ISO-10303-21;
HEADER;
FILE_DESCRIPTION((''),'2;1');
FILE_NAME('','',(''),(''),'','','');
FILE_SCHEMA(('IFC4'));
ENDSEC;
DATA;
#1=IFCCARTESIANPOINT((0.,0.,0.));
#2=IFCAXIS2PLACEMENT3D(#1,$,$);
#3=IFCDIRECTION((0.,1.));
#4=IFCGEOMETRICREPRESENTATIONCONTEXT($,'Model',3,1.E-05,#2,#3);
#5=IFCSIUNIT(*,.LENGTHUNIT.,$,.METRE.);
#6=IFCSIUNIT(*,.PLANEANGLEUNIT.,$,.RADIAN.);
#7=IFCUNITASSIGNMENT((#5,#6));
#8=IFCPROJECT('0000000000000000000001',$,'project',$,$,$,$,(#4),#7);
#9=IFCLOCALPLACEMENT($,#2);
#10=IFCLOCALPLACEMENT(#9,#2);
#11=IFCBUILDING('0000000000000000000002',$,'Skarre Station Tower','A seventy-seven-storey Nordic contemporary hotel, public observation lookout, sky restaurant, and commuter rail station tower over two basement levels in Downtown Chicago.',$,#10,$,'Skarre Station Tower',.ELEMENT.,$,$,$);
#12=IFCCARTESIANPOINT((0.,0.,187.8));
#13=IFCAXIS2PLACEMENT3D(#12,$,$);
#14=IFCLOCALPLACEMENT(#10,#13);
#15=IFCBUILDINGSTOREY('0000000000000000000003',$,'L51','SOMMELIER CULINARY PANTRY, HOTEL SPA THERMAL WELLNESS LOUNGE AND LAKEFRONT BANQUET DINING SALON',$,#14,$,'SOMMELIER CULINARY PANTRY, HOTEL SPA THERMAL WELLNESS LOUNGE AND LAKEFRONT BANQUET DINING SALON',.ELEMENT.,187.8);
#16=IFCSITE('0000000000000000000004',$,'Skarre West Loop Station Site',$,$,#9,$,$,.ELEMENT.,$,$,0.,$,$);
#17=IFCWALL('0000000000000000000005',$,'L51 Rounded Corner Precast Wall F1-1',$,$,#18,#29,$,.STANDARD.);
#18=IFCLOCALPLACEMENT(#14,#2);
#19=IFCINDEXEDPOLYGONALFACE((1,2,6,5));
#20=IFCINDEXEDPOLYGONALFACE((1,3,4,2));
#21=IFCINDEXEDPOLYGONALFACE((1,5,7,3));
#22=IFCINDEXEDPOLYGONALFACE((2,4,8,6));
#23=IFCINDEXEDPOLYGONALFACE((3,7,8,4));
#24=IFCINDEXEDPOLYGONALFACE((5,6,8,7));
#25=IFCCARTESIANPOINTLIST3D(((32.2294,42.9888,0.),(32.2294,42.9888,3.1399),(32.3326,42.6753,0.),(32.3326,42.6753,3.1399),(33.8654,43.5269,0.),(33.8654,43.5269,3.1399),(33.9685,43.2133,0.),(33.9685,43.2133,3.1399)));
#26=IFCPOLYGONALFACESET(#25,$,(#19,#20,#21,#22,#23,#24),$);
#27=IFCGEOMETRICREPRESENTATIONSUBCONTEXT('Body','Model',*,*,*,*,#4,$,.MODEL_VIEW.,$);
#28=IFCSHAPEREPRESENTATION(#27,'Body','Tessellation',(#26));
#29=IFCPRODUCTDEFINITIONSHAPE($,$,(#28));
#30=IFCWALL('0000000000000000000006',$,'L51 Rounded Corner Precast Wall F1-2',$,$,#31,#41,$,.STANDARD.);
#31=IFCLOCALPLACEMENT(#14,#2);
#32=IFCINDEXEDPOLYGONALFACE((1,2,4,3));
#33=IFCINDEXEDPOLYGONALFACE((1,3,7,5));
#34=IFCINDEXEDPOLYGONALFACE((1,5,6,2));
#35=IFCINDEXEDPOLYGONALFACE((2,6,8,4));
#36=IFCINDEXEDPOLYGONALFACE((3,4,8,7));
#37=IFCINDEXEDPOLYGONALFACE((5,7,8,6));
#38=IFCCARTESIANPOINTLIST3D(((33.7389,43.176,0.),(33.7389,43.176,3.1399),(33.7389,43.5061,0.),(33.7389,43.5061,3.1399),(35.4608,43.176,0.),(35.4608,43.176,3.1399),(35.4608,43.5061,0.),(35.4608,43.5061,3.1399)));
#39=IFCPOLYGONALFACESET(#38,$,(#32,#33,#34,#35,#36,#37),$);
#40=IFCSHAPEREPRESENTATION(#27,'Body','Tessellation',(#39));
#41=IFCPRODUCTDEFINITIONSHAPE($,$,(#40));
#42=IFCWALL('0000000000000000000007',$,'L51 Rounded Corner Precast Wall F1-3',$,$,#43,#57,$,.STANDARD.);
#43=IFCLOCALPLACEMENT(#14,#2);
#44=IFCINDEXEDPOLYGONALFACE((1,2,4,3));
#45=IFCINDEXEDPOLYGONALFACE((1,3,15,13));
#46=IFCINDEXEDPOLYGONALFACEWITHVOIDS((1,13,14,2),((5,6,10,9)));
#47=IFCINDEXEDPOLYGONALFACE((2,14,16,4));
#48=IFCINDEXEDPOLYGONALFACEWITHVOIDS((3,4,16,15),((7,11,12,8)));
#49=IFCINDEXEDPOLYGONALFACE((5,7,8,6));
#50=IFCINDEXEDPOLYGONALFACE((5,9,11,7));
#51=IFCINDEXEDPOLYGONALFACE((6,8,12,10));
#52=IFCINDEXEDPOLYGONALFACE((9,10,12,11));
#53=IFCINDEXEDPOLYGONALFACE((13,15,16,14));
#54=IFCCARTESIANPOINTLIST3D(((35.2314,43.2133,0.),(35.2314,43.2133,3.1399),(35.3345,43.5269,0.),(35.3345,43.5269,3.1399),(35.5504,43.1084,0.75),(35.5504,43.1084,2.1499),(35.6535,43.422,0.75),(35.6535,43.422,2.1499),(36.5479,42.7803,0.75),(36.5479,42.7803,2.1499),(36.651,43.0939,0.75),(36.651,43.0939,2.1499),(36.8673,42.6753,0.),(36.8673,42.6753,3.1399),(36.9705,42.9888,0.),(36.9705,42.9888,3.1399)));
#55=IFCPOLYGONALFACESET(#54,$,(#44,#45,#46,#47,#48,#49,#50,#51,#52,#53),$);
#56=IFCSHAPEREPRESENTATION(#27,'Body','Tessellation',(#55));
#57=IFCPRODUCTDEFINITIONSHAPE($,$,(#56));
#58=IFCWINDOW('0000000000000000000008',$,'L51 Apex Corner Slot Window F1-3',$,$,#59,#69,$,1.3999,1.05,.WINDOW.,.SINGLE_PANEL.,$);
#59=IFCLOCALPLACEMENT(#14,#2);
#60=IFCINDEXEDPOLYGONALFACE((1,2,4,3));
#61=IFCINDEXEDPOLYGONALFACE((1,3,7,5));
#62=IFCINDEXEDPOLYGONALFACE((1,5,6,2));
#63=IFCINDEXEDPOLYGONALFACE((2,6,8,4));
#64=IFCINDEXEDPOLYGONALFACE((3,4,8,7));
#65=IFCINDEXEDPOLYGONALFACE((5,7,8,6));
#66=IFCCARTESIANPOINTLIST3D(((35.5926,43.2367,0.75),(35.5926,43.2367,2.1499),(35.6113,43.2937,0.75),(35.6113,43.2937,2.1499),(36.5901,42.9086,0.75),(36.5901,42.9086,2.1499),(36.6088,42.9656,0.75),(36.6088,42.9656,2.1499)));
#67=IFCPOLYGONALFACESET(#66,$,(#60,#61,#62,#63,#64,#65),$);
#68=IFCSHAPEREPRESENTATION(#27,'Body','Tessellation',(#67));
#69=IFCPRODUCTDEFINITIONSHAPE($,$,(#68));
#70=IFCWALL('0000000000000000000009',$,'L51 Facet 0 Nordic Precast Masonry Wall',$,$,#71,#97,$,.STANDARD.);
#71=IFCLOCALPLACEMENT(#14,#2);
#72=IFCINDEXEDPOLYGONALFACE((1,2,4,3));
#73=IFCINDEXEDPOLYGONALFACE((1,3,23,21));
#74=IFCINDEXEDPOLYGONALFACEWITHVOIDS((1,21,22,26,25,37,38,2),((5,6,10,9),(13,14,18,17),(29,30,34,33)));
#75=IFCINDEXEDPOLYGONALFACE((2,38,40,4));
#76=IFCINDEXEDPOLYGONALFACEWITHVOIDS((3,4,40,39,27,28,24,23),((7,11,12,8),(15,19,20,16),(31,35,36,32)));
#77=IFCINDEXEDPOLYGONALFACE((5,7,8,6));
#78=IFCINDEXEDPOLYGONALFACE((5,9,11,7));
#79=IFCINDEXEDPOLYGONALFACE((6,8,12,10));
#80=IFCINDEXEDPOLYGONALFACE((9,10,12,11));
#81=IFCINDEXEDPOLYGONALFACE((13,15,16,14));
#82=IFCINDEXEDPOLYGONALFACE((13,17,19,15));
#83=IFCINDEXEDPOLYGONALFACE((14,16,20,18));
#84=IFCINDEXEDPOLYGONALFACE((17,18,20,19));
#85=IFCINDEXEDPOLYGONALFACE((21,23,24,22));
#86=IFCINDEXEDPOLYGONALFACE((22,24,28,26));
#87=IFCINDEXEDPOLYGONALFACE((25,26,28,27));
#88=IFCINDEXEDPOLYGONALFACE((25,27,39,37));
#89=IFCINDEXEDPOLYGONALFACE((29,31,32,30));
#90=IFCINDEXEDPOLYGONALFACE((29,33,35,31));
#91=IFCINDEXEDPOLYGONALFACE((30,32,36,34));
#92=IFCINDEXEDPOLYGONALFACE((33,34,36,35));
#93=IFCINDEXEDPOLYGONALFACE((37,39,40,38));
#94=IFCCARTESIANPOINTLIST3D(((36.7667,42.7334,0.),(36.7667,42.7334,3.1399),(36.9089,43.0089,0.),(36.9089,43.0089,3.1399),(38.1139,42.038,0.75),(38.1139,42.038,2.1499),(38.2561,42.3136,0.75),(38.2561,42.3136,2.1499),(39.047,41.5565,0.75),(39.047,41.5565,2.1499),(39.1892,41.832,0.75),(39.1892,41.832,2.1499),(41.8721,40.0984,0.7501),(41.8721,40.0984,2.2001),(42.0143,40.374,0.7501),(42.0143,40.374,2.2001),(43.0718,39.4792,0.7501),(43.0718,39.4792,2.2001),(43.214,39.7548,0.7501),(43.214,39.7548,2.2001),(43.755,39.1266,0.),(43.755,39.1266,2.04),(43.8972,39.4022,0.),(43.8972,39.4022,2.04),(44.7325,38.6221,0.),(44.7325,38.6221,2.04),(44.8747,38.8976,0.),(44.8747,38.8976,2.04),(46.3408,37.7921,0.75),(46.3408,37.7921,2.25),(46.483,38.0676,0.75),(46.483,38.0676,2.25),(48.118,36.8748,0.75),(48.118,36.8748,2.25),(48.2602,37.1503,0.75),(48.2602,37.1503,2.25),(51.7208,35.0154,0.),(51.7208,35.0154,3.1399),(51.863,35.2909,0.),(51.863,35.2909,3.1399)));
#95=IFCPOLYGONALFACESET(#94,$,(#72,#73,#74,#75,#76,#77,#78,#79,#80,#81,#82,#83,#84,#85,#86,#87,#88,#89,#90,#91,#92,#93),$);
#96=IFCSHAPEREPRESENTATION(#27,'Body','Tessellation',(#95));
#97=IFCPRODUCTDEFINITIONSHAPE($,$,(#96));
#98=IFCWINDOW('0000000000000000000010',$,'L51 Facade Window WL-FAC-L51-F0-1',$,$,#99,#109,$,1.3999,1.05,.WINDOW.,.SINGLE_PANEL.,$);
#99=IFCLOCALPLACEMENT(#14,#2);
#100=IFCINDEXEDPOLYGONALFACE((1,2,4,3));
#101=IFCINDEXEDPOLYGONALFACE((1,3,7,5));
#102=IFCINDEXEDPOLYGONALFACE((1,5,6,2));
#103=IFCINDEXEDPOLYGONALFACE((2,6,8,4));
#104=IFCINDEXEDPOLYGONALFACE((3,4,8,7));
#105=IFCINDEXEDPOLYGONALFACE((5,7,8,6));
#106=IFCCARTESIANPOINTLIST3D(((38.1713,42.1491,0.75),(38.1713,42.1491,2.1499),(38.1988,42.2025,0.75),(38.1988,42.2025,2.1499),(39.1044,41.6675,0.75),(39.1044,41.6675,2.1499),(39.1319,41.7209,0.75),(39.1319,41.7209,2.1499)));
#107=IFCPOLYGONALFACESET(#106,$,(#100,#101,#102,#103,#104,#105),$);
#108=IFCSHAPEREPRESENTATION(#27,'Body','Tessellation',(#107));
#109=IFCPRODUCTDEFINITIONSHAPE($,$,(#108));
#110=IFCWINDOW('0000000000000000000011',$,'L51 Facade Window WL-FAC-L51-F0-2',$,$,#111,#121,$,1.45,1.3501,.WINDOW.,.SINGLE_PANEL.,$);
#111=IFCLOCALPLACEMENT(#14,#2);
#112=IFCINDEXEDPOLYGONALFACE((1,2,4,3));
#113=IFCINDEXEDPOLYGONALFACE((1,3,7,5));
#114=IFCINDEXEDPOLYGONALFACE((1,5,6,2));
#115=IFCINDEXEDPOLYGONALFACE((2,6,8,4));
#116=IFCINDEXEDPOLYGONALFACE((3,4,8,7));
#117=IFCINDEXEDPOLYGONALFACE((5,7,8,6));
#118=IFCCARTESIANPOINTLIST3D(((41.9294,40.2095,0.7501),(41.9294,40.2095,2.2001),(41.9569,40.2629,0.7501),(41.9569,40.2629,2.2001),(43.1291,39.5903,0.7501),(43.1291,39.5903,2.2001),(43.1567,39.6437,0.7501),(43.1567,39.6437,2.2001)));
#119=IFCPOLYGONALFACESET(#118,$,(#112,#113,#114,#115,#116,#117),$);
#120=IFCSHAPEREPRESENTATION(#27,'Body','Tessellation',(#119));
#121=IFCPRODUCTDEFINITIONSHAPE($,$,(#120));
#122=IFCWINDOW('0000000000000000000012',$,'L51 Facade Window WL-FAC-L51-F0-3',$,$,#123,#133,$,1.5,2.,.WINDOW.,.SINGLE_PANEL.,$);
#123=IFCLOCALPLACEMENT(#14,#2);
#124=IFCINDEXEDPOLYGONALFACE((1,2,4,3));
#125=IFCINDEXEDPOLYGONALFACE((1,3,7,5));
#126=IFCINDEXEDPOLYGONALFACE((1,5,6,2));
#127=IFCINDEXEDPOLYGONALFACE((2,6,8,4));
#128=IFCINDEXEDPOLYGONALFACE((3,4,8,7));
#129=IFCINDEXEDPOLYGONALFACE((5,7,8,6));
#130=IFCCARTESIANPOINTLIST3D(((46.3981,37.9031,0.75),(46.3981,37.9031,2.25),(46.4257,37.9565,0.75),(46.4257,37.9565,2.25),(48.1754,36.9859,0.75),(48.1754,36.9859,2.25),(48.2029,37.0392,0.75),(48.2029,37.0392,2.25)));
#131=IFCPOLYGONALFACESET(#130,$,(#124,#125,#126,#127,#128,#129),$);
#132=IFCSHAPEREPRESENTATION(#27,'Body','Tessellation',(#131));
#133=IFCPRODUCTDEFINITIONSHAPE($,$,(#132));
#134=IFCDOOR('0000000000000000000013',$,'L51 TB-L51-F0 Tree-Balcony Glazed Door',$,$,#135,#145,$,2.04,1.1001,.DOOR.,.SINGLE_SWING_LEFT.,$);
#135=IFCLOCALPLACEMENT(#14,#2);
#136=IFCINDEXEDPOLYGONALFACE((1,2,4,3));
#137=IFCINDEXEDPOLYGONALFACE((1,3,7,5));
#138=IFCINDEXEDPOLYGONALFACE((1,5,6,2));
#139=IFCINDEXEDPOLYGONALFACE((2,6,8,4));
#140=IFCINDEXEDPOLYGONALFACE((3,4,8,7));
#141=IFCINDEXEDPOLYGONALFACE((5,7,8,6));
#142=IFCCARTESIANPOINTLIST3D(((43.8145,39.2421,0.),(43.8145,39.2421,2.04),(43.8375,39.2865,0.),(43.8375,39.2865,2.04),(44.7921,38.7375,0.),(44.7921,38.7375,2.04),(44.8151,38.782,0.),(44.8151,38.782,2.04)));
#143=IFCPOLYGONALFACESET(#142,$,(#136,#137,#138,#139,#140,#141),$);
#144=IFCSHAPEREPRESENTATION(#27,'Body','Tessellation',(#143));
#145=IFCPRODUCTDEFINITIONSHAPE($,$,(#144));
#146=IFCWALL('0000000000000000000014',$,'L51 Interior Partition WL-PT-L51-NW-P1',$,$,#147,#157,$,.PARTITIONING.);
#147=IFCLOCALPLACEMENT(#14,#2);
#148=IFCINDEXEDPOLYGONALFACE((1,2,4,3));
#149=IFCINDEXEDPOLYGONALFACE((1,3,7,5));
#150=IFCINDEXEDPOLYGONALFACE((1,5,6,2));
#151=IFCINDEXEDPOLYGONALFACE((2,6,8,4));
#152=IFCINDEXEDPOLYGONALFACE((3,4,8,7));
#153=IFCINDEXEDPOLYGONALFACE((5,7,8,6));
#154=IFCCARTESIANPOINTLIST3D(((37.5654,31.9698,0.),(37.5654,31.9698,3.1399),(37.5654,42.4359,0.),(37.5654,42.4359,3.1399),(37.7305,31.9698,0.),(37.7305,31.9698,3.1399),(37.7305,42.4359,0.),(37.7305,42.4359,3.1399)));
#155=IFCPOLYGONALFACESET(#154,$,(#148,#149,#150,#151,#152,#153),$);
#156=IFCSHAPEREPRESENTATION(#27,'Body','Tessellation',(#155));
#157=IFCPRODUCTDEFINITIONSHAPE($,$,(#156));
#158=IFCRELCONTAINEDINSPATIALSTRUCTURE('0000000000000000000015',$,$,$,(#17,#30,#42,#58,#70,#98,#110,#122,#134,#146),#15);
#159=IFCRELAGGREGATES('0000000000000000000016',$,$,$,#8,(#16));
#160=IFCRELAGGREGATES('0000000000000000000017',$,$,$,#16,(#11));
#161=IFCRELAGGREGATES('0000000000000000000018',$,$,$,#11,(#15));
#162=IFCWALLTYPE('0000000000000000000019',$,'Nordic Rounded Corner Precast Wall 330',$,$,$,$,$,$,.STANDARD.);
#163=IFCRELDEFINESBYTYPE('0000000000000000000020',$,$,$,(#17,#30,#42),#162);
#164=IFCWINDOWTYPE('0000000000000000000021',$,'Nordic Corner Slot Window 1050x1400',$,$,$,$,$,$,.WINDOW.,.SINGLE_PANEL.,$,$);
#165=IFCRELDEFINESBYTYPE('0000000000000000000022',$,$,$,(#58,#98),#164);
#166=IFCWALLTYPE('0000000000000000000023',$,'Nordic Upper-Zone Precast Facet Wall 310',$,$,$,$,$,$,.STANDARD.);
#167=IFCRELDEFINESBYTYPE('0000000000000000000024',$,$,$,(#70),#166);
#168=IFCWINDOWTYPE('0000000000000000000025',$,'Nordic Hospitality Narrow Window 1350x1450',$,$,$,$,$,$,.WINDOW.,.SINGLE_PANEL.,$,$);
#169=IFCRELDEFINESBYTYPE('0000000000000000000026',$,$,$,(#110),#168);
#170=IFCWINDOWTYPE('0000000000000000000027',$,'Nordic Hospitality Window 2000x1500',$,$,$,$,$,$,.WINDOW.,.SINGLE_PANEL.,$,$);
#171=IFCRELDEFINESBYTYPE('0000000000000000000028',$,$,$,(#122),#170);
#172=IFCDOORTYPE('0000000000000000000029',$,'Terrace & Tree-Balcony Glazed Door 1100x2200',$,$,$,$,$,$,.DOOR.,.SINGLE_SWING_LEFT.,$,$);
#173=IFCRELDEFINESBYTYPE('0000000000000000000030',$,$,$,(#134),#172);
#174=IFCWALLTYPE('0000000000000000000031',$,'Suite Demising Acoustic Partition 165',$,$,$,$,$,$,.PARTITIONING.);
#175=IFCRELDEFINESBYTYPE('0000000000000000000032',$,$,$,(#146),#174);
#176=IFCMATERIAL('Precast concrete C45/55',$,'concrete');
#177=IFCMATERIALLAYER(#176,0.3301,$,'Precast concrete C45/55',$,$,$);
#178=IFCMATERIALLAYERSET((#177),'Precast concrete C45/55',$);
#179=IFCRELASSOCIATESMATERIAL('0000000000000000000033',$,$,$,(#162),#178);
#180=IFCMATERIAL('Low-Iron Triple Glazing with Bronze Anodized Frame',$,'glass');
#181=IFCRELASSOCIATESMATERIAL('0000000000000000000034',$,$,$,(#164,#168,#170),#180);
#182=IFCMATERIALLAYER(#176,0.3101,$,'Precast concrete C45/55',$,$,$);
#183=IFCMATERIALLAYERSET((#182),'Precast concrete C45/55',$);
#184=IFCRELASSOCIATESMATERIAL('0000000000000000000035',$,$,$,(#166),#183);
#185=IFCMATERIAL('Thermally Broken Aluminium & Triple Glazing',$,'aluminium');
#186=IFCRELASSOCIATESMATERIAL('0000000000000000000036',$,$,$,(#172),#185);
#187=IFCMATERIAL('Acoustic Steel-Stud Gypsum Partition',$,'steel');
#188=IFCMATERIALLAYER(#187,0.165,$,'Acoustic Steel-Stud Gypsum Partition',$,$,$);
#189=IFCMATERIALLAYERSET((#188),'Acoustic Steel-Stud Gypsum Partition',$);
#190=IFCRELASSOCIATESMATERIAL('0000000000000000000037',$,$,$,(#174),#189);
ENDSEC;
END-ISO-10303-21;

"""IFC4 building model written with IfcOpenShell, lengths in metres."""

from ifc_helpers import new_model, si_unit, direction, frame, frame_2d, origin, place, context, subcontext, project, spatial, rectangle, extrude, material, layer, layer_set, type_object, element, fill, save


model = new_model("IFC4")

# Units and contexts
model_context = context("Model", 3, precision=1e-05, world=origin(), true_north=direction((0.0, 1.0)))
body_context = subcontext(model_context, "Body", "Model", "MODEL_VIEW")
ifc_project = project(units=[si_unit("LENGTHUNIT", "METRE"), si_unit("PLANEANGLEUNIT", "RADIAN")], contexts=[model_context])

# Site, building, storey
site_placement = place(None, origin())
site = spatial("IfcSite", under=ifc_project, at=site_placement, Name="Skarre West Loop Station Site", CompositionType="ELEMENT", RefElevation=0.0)
building_placement = place(site_placement, origin())
building = spatial("IfcBuilding", under=site, at=building_placement, Name="Skarre Station Tower", Description="A seventy-seven-storey Nordic contemporary hotel, public observation lookout, sky restaurant, and commuter rail station tower over two basement levels in Downtown Chicago.", LongName="Skarre Station Tower", CompositionType="ELEMENT")
storey_placement = place(building_placement, frame((0.0, 0.0, 187.8)))
storey = spatial("IfcBuildingStorey", under=building, at=storey_placement, Name="L51", Description="SOMMELIER CULINARY PANTRY, HOTEL SPA THERMAL WELLNESS LOUNGE AND LAKEFRONT BANQUET DINING SALON", LongName="SOMMELIER CULINARY PANTRY, HOTEL SPA THERMAL WELLNESS LOUNGE AND LAKEFRONT BANQUET DINING SALON", CompositionType="ELEMENT", Elevation=187.8)

# Shared definitions
ifc_material_1 = material(Name="Acoustic Steel-Stud Gypsum Partition", Category="steel")

# Walls
ifc_material_2 = material(Name="Precast concrete C45/55", Category="concrete")
ifc_layer_1 = layer(ifc_material_2, 0.3301, Name="Precast concrete C45/55")
ifc_layer_set_1 = layer_set([ifc_layer_1], Name="Precast concrete C45/55")
wall_type_1 = type_object("IfcWallType", Name="Nordic Rounded Corner Precast Wall 330", PredefinedType="STANDARD", material=ifc_layer_set_1)
wall_1_placement = place(storey_placement, frame((32.281, 42.832, 0.0), z_axis=(0.0, 0.0, 1.0), x_axis=(0.949937, 0.31244, 0.0)))
element("IfcWall", 1, at=wall_1_placement, inside=storey, type_object=wall_type_1, Name="L51 Rounded Corner Precast Wall F1-1", PredefinedType="STANDARD", context=body_context, shape_type="SweptSolid", body=[
    extrude(rectangle(XDim=1.7222, YDim=0.3301, at=frame_2d((0.8611, 0.0))), origin(), (0.0, 0.0, 1.0), 3.1399),
])
wall_2_placement = place(storey_placement, frame((33.739, 43.3411, 0.0), z_axis=(0.0, 0.0, 1.0), x_axis=(1.0, 0.0, 0.0)))
element("IfcWall", 2, at=wall_2_placement, inside=storey, type_object=wall_type_1, Name="L51 Rounded Corner Precast Wall F1-2", PredefinedType="STANDARD", context=body_context, shape_type="SweptSolid", body=[
    extrude(rectangle(XDim=1.7219, YDim=0.3301, at=frame_2d((0.8608, 0.0))), origin(), (0.0, 0.0, 1.0), 3.1399),
])

# Wall, opening, window
wall_3_placement = place(storey_placement, frame((35.283, 43.3701, 0.0), z_axis=(0.0, 0.0, 1.0), x_axis=(0.949937, -0.31244, 0.0)))
wall_3 = element("IfcWall", 3, at=wall_3_placement, inside=storey, type_object=wall_type_1, Name="L51 Rounded Corner Precast Wall F1-3", PredefinedType="STANDARD", context=body_context, shape_type="SweptSolid", body=[
    extrude(rectangle(XDim=1.7222, YDim=0.3301, at=frame_2d((0.8611, 0.0))), origin(), (0.0, 0.0, 1.0), 3.1399),
])
opening_1_placement = place(wall_3_placement, frame((0.3359, 0.0, 0.75)))
opening_1 = element("IfcOpeningElement", 4, at=opening_1_placement, cuts=wall_3, PredefinedType="OPENING", context=body_context, shape_type="SweptSolid", body=[
    extrude(rectangle(XDim=1.05, YDim=1.3999, at=frame_2d((0.5249, 0.7))), frame((0.0, 0.175, 0.0), z_axis=(0.0, -1.0, 0.0), x_axis=(1.0, 0.0, 0.0)), (0.0, 0.0, 1.0), 0.3501),
])
ifc_material_3 = material(Name="Low-Iron Triple Glazing with Bronze Anodized Frame", Category="glass")
window_type_1 = type_object("IfcWindowType", Name="Nordic Corner Slot Window 1050x1400", PartitioningType="SINGLE_PANEL", PredefinedType="WINDOW", material=ifc_material_3)
window_1_placement = place(opening_1_placement, origin())
window_1 = element("IfcWindow", 5, at=window_1_placement, inside=storey, type_object=window_type_1, Name="L51 Apex Corner Slot Window F1-3", OverallHeight=1.3999, OverallWidth=1.05, PartitioningType="SINGLE_PANEL", PredefinedType="WINDOW", context=body_context, shape_type="SweptSolid", body=[
    extrude(rectangle(XDim=1.05, YDim=1.3999, at=frame_2d((0.5249, 0.7))), frame((0.0, 0.03, 0.0), z_axis=(0.0, -1.0, 0.0), x_axis=(1.0, 0.0, 0.0)), (0.0, 0.0, 1.0), 0.0601),
])
fill(opening_1, window_1)

# Wall, openings, windows, door
ifc_layer_2 = layer(ifc_material_2, 0.3101, Name="Precast concrete C45/55")
ifc_layer_set_2 = layer_set([ifc_layer_2], Name="Precast concrete C45/55")
wall_type_2 = type_object("IfcWallType", Name="Nordic Upper-Zone Precast Facet Wall 310", PredefinedType="STANDARD", material=ifc_layer_set_2)
wall_4_placement = place(storey_placement, frame((36.8379, 42.8711, 0.0), z_axis=(0.0, 0.0, 1.0), x_axis=(0.888626, -0.458632, 0.0)))
wall_4 = element("IfcWall", 6, at=wall_4_placement, inside=storey, type_object=wall_type_2, Name="L51 Facet 0 Nordic Precast Masonry Wall", PredefinedType="STANDARD", context=body_context, shape_type="SweptSolid", body=[
    extrude(rectangle(XDim=16.8284, YDim=0.3101, at=frame_2d((8.4141, 0.0))), origin(), (0.0, 0.0, 1.0), 3.1399),
])
opening_2_placement = place(wall_4_placement, frame((7.864, 0.0, 0.0)))
opening_2 = element("IfcOpeningElement", 7, at=opening_2_placement, cuts=wall_4, PredefinedType="OPENING", context=body_context, shape_type="SweptSolid", body=[
    extrude(rectangle(XDim=1.1001, YDim=2.04, at=frame_2d((0.55, 1.02))), frame((0.0, 0.165, 0.0), z_axis=(0.0, -1.0, 0.0), x_axis=(1.0, 0.0, 0.0)), (0.0, 0.0, 1.0), 0.3301),
])
opening_3_placement = place(wall_4_placement, frame((1.5161, 0.0, 0.75)))
opening_3 = element("IfcOpeningElement", 8, at=opening_3_placement, cuts=wall_4, PredefinedType="OPENING", context=body_context, shape_type="SweptSolid", body=[
    extrude(rectangle(XDim=1.05, YDim=1.3999, at=frame_2d((0.5249, 0.7))), frame((0.0, 0.165, 0.0), z_axis=(0.0, -1.0, 0.0), x_axis=(1.0, 0.0, 0.0)), (0.0, 0.0, 1.0), 0.3301),
])
opening_4_placement = place(wall_4_placement, frame((5.7451, 0.0, 0.75)))
opening_4 = element("IfcOpeningElement", 9, at=opening_4_placement, cuts=wall_4, PredefinedType="OPENING", context=body_context, shape_type="SweptSolid", body=[
    extrude(rectangle(XDim=1.3501, YDim=1.45, at=frame_2d((0.675, 0.7251))), frame((0.0, 0.165, 0.0), z_axis=(0.0, -1.0, 0.0), x_axis=(1.0, 0.0, 0.0)), (0.0, 0.0, 1.0), 0.3301),
])
opening_5_placement = place(wall_4_placement, frame((10.7739, 0.0, 0.75)))
opening_5 = element("IfcOpeningElement", 10, at=opening_5_placement, cuts=wall_4, PredefinedType="OPENING", context=body_context, shape_type="SweptSolid", body=[
    extrude(rectangle(XDim=2.0, YDim=1.5, at=frame_2d((1.0, 0.75))), frame((0.0, 0.165, 0.0), z_axis=(0.0, -1.0, 0.0), x_axis=(1.0, 0.0, 0.0)), (0.0, 0.0, 1.0), 0.3301),
])
window_2_placement = place(opening_3_placement, origin())
window_2 = element("IfcWindow", 11, at=window_2_placement, inside=storey, type_object=window_type_1, Name="L51 Facade Window WL-FAC-L51-F0-1", OverallHeight=1.3999, OverallWidth=1.05, PartitioningType="SINGLE_PANEL", PredefinedType="WINDOW", context=body_context, shape_type="SweptSolid", body=[
    extrude(rectangle(XDim=1.05, YDim=1.3999, at=frame_2d((0.5249, 0.7))), frame((0.0, 0.03, 0.0), z_axis=(0.0, -1.0, 0.0), x_axis=(1.0, 0.0, 0.0)), (0.0, 0.0, 1.0), 0.0601),
])
fill(opening_3, window_2)
window_type_2 = type_object("IfcWindowType", Name="Nordic Hospitality Narrow Window 1350x1450", PartitioningType="SINGLE_PANEL", PredefinedType="WINDOW", material=ifc_material_3)
window_3_placement = place(opening_4_placement, origin())
window_3 = element("IfcWindow", 12, at=window_3_placement, inside=storey, type_object=window_type_2, Name="L51 Facade Window WL-FAC-L51-F0-2", OverallHeight=1.45, OverallWidth=1.3501, PartitioningType="SINGLE_PANEL", PredefinedType="WINDOW", context=body_context, shape_type="SweptSolid", body=[
    extrude(rectangle(XDim=1.3501, YDim=1.45, at=frame_2d((0.675, 0.7251))), frame((0.0, 0.03, 0.0), z_axis=(0.0, -1.0, 0.0), x_axis=(1.0, 0.0, 0.0)), (0.0, 0.0, 1.0), 0.0601),
])
fill(opening_4, window_3)
window_type_3 = type_object("IfcWindowType", Name="Nordic Hospitality Window 2000x1500", PartitioningType="SINGLE_PANEL", PredefinedType="WINDOW", material=ifc_material_3)
window_4_placement = place(opening_5_placement, origin())
window_4 = element("IfcWindow", 13, at=window_4_placement, inside=storey, type_object=window_type_3, Name="L51 Facade Window WL-FAC-L51-F0-3", OverallHeight=1.5, OverallWidth=2.0, PartitioningType="SINGLE_PANEL", PredefinedType="WINDOW", context=body_context, shape_type="SweptSolid", body=[
    extrude(rectangle(XDim=2.0, YDim=1.5, at=frame_2d((1.0, 0.75))), frame((0.0, 0.03, 0.0), z_axis=(0.0, -1.0, 0.0), x_axis=(1.0, 0.0, 0.0)), (0.0, 0.0, 1.0), 0.0601),
])
fill(opening_5, window_4)
ifc_material_4 = material(Name="Thermally Broken Aluminium & Triple Glazing", Category="aluminium")
door_type_1 = type_object("IfcDoorType", Name="Terrace & Tree-Balcony Glazed Door 1100x2200", OperationType="SINGLE_SWING_LEFT", PredefinedType="DOOR", material=ifc_material_4)
door_1_placement = place(opening_2_placement, origin())
door_1 = element("IfcDoor", 14, at=door_1_placement, inside=storey, type_object=door_type_1, Name="L51 TB-L51-F0 Tree-Balcony Glazed Door", OperationType="SINGLE_SWING_LEFT", OverallHeight=2.04, OverallWidth=1.1001, PredefinedType="DOOR", context=body_context, shape_type="SweptSolid", body=[
    extrude(rectangle(XDim=1.1001, YDim=2.04, at=frame_2d((0.55, 1.02))), frame((0.0, 0.0249, 0.0), z_axis=(0.0, -1.0, 0.0), x_axis=(1.0, 0.0, 0.0)), (0.0, 0.0, 1.0), 0.05),
])
fill(opening_2, door_1)

# Wall
ifc_layer_3 = layer(ifc_material_1, 0.165, Name="Acoustic Steel-Stud Gypsum Partition")
ifc_layer_set_3 = layer_set([ifc_layer_3], Name="Acoustic Steel-Stud Gypsum Partition")
wall_type_3 = type_object("IfcWallType", Name="Suite Demising Acoustic Partition 165", PredefinedType="PARTITIONING", material=ifc_layer_set_3)
wall_5_placement = place(storey_placement, frame((37.6479, 31.97, 0.0), z_axis=(0.0, 0.0, 1.0), x_axis=(0.0, 1.0, 0.0)))
element("IfcWall", 15, at=wall_5_placement, inside=storey, type_object=wall_type_3, Name="L51 Interior Partition WL-PT-L51-NW-P1", PredefinedType="PARTITIONING", context=body_context, shape_type="SweptSolid", body=[
    extrude(rectangle(XDim=10.4661, YDim=0.165, at=frame_2d((5.2329, 0.0))), origin(), (0.0, 0.0, 1.0), 3.1399),
])

save(model, "model.ifc")
